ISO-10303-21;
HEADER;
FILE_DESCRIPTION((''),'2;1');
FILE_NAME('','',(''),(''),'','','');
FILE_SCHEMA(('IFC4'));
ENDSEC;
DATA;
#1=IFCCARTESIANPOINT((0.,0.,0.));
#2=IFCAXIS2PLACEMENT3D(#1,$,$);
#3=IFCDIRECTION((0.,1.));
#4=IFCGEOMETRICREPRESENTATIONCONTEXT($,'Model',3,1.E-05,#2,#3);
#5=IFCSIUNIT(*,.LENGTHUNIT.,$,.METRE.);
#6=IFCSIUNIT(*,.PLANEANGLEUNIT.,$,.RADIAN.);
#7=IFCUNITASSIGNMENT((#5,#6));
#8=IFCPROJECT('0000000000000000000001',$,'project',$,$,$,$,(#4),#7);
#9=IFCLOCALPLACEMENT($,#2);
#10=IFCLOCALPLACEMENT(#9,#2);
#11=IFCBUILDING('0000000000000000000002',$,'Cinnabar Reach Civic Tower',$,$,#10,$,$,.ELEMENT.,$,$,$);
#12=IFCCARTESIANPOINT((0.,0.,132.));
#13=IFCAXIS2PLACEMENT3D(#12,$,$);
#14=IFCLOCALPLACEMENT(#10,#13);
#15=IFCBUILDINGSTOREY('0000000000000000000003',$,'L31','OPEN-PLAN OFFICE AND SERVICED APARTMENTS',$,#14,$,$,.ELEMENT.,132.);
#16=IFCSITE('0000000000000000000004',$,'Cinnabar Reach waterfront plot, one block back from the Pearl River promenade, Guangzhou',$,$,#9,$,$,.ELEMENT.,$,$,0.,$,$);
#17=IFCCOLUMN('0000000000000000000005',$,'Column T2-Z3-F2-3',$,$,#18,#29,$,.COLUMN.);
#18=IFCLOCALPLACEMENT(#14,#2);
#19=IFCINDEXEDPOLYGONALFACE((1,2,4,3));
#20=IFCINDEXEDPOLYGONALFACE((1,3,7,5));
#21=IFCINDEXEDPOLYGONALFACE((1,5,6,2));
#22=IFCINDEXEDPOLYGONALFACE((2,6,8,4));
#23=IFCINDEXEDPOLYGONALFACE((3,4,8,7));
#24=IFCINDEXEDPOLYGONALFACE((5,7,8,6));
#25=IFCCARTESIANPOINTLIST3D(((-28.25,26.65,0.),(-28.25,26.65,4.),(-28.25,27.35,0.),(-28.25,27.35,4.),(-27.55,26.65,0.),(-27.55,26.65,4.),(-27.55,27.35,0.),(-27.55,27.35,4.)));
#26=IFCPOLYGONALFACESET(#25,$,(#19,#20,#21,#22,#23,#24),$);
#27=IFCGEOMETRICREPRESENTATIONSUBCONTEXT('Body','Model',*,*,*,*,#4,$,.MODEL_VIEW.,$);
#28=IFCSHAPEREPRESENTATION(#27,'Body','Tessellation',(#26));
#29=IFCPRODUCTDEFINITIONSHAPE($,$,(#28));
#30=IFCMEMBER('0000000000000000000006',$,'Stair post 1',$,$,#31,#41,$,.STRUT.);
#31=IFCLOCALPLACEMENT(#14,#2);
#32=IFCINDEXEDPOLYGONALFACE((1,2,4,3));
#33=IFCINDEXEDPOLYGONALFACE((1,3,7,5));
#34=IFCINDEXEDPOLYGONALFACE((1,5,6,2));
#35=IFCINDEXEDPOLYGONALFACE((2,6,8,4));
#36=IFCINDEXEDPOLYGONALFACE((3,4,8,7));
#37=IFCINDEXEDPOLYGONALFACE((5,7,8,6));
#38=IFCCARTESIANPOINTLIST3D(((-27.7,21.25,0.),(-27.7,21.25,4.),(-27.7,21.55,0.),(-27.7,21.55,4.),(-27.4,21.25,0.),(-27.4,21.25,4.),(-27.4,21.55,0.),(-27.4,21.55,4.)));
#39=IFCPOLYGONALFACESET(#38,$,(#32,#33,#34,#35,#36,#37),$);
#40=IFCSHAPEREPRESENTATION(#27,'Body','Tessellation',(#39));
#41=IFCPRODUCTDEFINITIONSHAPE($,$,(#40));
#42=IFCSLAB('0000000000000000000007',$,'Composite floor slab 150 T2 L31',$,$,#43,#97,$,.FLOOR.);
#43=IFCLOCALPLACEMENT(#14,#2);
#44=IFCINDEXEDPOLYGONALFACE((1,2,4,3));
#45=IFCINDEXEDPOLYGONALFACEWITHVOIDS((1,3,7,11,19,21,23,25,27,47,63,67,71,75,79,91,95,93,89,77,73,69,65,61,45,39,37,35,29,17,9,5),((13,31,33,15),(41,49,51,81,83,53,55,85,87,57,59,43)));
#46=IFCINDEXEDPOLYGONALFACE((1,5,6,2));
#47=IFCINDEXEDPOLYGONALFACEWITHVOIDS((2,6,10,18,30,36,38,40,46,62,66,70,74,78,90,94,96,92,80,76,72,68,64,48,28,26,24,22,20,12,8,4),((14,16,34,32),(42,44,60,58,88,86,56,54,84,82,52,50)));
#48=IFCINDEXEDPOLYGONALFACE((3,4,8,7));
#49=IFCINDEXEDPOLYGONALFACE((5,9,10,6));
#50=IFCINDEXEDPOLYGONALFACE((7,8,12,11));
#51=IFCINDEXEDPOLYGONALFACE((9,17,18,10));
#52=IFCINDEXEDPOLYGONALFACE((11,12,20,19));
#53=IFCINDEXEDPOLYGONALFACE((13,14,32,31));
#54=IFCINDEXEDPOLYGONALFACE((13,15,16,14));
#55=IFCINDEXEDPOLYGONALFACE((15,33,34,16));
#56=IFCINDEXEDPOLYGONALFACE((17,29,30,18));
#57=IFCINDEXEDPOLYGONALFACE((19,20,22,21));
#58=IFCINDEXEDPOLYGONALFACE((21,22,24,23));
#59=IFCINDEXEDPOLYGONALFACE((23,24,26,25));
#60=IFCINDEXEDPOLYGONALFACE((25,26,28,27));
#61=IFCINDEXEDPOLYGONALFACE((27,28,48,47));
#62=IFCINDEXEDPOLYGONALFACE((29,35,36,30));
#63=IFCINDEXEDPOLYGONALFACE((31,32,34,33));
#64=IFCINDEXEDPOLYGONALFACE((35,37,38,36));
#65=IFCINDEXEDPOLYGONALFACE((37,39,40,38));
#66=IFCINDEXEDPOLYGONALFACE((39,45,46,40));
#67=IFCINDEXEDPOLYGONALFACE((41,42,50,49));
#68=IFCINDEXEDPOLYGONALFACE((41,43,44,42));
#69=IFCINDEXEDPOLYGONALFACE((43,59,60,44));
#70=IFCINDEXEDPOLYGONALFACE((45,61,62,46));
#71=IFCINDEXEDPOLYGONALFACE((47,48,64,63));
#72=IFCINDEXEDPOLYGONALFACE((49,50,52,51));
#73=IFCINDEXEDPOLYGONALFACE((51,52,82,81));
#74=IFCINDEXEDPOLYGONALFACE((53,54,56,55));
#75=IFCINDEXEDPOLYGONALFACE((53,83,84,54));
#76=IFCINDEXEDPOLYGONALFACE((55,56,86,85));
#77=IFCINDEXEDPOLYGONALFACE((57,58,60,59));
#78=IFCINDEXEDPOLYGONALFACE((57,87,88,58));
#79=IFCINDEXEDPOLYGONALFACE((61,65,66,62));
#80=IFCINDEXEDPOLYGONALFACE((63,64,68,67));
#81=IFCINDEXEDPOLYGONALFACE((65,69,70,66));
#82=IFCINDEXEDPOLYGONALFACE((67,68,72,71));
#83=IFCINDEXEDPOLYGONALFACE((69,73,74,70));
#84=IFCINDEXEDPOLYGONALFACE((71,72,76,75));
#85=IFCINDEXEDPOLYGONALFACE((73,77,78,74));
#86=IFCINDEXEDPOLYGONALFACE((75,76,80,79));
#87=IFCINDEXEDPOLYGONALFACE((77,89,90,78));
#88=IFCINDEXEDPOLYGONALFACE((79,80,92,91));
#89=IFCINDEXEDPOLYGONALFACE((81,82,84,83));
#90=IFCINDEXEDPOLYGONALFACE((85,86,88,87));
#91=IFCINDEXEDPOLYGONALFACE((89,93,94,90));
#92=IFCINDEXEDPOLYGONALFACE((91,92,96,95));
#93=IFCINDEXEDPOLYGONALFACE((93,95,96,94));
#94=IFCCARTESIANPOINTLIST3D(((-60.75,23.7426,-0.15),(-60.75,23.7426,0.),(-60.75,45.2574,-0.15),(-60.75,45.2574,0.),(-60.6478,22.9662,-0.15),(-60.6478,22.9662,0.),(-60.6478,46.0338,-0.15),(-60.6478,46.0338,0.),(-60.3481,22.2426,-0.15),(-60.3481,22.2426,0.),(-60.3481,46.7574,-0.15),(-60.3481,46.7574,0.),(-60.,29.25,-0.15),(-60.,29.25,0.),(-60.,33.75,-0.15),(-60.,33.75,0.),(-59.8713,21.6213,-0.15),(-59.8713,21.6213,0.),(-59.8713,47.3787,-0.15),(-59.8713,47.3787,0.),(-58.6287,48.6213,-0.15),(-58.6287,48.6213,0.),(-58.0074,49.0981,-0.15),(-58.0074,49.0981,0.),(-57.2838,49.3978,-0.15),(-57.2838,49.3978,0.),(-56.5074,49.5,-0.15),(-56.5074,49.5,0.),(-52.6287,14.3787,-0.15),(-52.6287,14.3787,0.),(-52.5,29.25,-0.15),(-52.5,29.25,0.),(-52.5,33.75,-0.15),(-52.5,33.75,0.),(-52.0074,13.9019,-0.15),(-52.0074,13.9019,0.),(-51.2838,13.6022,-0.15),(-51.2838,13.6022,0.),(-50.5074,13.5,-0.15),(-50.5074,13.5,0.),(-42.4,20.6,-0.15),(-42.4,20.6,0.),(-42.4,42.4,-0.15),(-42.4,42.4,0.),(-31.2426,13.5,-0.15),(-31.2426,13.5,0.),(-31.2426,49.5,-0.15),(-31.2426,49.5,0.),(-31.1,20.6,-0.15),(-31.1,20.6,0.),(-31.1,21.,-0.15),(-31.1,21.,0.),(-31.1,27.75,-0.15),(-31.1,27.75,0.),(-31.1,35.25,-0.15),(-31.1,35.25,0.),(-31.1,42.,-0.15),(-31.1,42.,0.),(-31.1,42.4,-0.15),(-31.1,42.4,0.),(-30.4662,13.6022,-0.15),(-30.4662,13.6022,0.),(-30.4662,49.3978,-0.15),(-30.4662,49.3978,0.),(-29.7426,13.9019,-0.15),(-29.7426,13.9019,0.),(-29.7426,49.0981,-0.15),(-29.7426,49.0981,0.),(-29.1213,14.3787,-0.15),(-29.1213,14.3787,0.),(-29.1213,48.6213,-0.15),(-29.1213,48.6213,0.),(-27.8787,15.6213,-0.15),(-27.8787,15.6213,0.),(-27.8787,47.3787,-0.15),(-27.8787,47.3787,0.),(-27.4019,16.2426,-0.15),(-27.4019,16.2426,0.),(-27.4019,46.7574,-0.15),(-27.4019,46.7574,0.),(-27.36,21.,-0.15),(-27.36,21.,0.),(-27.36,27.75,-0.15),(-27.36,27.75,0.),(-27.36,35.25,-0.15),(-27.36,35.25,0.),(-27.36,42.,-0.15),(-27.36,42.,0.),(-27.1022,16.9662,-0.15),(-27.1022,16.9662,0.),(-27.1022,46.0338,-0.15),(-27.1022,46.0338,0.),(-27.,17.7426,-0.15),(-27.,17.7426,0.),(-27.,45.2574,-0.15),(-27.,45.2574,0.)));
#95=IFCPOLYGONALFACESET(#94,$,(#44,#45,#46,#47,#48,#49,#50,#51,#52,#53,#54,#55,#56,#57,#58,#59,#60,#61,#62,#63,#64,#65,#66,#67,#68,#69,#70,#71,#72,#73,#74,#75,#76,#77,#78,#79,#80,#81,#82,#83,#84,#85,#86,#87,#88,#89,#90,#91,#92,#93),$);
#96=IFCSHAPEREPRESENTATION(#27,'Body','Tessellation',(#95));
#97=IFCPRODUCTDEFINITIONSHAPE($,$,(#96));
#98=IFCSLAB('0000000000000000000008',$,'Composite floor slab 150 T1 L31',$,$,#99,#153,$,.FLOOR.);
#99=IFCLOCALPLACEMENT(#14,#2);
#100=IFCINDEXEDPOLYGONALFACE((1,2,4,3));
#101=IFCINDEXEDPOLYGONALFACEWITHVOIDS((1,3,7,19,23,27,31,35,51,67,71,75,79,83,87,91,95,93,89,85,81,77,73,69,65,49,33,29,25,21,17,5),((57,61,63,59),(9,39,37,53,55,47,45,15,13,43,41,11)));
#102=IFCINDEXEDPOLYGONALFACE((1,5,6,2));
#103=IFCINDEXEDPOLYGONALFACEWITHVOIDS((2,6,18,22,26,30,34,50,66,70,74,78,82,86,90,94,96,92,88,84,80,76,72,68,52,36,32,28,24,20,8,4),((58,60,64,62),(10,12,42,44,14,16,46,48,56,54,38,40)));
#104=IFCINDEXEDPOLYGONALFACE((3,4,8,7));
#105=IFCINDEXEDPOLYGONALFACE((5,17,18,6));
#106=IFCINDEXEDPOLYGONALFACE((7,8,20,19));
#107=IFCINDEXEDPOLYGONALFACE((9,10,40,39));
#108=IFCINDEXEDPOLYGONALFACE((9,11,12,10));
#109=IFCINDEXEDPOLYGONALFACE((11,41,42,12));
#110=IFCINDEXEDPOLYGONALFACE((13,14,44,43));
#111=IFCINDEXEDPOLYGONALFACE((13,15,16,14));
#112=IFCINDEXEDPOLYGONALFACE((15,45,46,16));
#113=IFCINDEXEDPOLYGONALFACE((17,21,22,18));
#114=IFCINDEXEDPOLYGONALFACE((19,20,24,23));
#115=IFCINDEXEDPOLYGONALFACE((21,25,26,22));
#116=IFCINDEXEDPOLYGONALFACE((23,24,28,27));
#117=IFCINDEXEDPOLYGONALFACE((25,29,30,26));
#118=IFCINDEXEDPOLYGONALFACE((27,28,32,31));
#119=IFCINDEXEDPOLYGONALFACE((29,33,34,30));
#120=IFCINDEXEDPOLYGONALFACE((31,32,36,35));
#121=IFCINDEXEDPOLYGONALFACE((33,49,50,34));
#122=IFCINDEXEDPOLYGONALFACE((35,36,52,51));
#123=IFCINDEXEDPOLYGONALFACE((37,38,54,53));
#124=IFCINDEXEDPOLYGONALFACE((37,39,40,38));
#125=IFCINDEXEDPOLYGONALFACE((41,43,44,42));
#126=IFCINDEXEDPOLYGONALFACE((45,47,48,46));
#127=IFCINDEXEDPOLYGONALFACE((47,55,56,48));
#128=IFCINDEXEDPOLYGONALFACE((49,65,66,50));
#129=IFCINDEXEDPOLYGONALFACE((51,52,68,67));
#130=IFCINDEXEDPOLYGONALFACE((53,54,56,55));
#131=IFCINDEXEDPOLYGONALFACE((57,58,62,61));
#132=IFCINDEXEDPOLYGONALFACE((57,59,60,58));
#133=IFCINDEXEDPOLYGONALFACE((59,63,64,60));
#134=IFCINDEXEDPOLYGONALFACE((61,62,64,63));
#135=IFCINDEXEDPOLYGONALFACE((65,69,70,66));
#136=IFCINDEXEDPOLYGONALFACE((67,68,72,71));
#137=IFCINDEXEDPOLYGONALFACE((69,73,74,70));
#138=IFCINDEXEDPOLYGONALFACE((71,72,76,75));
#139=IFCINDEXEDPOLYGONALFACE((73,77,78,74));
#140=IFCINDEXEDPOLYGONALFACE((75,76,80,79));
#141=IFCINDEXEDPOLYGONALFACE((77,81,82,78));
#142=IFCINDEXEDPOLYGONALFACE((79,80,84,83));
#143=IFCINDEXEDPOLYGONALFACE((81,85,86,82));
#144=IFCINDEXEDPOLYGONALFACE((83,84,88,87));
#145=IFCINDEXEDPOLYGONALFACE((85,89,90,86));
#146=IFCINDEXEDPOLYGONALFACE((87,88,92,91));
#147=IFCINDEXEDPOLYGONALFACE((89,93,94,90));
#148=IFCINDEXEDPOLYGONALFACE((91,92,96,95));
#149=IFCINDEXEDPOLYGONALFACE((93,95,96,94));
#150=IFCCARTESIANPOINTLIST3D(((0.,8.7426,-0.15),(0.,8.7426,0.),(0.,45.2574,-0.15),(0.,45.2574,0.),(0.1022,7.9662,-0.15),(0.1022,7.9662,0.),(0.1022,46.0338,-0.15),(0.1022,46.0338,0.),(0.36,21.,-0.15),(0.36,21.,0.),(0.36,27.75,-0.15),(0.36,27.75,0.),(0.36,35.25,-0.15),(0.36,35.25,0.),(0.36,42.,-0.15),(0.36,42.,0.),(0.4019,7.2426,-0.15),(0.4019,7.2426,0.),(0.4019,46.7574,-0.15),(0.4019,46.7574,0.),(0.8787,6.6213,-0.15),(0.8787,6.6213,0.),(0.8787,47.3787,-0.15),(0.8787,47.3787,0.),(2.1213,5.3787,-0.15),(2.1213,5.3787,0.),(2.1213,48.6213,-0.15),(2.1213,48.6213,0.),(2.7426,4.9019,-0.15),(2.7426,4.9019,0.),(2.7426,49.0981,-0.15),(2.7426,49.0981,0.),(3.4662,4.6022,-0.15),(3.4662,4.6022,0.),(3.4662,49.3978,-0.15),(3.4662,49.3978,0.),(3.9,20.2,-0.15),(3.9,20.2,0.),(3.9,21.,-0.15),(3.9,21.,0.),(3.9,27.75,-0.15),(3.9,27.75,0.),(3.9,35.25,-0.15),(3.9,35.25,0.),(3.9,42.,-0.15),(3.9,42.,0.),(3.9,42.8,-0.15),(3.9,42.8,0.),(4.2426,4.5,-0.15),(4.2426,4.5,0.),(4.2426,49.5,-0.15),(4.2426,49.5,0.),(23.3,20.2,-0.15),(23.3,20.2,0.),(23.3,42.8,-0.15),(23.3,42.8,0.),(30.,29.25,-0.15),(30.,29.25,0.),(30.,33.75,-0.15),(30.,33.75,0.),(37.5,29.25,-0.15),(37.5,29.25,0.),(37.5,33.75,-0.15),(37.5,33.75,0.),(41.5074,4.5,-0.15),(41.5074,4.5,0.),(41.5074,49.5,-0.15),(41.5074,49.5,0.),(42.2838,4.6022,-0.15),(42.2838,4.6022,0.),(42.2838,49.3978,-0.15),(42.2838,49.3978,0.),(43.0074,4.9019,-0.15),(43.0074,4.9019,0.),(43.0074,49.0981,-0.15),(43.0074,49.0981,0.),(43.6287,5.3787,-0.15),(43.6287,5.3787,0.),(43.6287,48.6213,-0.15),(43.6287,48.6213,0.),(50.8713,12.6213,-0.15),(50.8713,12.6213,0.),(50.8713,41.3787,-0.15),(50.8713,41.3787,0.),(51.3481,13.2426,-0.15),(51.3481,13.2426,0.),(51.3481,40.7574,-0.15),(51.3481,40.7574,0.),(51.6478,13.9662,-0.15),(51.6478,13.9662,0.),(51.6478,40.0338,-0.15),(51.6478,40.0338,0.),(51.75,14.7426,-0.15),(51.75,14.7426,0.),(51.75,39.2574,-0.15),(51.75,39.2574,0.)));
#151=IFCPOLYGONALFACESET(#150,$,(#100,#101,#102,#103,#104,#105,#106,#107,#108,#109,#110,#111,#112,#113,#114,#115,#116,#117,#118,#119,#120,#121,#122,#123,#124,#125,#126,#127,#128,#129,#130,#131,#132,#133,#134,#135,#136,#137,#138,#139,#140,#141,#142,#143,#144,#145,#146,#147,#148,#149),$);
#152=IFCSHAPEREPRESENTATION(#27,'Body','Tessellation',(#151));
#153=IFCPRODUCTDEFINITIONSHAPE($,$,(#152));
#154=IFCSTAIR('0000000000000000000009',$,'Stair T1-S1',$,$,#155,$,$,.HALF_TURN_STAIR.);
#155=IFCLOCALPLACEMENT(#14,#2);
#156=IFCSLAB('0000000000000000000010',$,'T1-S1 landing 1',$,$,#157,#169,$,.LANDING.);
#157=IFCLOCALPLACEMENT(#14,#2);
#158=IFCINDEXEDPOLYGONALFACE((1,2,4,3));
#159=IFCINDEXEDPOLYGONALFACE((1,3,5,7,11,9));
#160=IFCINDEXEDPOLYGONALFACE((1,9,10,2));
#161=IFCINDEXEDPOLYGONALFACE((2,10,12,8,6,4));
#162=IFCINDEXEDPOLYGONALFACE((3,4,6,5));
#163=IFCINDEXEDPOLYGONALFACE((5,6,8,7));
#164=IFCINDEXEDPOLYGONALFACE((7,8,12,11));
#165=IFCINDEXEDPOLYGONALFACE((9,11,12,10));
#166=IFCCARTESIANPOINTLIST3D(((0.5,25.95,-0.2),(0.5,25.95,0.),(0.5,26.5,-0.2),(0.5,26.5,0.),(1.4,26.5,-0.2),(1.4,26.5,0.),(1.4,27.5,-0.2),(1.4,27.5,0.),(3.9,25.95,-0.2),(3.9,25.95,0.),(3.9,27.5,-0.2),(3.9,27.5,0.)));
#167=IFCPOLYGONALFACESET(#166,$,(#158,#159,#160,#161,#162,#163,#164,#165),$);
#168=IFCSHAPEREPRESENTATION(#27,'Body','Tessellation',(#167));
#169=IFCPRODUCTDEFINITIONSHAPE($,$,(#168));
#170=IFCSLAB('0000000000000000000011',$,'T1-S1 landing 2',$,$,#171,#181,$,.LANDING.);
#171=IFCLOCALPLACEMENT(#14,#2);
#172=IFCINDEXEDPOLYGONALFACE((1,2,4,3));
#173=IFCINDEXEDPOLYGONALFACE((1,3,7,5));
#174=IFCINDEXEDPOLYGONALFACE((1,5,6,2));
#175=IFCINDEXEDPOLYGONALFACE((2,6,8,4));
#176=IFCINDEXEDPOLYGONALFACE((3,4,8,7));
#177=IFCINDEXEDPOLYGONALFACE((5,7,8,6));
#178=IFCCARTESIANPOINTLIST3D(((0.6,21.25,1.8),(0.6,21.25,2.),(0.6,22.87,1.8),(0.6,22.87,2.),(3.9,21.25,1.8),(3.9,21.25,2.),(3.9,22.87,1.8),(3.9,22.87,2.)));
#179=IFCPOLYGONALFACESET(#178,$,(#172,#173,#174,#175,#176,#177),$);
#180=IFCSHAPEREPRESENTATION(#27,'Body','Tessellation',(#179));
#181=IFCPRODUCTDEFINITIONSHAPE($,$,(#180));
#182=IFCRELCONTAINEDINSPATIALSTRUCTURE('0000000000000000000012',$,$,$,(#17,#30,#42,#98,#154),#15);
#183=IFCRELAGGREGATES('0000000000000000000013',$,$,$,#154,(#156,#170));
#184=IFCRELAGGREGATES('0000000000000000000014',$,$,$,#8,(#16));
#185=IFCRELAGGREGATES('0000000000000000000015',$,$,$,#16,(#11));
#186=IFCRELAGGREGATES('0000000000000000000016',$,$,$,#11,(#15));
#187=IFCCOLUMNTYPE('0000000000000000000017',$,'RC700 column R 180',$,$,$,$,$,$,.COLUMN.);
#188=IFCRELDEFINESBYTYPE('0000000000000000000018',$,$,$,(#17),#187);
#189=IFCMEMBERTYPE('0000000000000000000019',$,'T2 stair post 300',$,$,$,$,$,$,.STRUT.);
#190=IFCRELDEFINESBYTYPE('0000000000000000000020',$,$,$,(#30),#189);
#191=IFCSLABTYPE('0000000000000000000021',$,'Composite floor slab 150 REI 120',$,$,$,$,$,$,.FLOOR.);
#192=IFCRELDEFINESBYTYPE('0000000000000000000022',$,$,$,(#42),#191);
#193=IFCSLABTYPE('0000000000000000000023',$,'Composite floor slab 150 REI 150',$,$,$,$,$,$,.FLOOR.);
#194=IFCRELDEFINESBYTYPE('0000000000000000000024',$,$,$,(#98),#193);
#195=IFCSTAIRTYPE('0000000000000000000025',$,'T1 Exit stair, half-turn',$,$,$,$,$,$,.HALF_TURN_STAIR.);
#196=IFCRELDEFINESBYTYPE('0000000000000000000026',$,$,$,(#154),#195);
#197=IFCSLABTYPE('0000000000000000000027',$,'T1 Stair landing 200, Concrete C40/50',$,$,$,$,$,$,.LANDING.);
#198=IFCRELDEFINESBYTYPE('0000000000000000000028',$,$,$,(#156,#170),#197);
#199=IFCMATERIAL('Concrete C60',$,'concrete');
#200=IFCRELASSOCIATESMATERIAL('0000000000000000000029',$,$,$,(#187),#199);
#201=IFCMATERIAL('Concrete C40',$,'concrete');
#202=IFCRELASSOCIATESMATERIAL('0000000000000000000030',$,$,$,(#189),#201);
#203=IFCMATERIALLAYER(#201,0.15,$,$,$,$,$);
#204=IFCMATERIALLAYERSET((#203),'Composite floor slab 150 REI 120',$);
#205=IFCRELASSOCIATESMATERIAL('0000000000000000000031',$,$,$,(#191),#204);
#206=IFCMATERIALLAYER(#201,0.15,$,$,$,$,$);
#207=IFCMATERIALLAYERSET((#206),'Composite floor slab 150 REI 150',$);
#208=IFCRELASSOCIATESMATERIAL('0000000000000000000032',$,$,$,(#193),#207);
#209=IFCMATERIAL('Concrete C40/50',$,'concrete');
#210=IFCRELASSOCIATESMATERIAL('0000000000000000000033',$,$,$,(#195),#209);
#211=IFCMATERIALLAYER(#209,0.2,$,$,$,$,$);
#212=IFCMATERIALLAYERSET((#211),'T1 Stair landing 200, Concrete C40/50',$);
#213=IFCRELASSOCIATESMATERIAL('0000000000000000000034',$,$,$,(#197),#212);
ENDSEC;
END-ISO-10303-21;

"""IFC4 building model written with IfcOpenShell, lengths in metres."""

from ifc_helpers import new_model, si_unit, direction, frame, origin, origin_2d, place, context, subcontext, project, spatial, polyline, rectangle, outline, extrude, material, layer, layer_set, material_profile, profile_set, type_object, element, aggregate, save


model = new_model("IFC4")

# Units and contexts
model_context = context("Model", 3, precision=1e-05, world=origin(), true_north=direction((0.0, 1.0)))
body_context = subcontext(model_context, "Body", "Model", "MODEL_VIEW")
ifc_project = project(units=[si_unit("LENGTHUNIT", "METRE"), si_unit("PLANEANGLEUNIT", "RADIAN")], contexts=[model_context])

# Site, building, storey
site_placement = place(None, origin())
site = spatial("IfcSite", under=ifc_project, at=site_placement, Name="Cinnabar Reach waterfront plot, one block back from the Pearl River promenade, Guangzhou", CompositionType="ELEMENT", RefElevation=0.0)
building_placement = place(site_placement, origin())
building = spatial("IfcBuilding", under=site, at=building_placement, Name="Cinnabar Reach Civic Tower", CompositionType="ELEMENT")
storey_placement = place(building_placement, frame((0.0, 0.0, 132.0)))
storey = spatial("IfcBuildingStorey", under=building, at=storey_placement, Name="L31", Description="OPEN-PLAN OFFICE AND SERVICED APARTMENTS", CompositionType="ELEMENT", Elevation=132.0)

# Column
ifc_material_1 = material(Name="Concrete C60", Category="concrete")
ifc_material_profile_1 = material_profile(ifc_material_1, rectangle(XDim=0.7, YDim=0.7, at=origin_2d()), Name="RC700")
ifc_profile_set_1 = profile_set([ifc_material_profile_1], Name="Concrete C60")
column_type = type_object("IfcColumnType", Name="RC700 column R 180", PredefinedType="COLUMN", material=ifc_profile_set_1)
column_placement = place(storey_placement, frame((-27.9, 27.0, 0.0), z_axis=(0.0, 0.0, 1.0), x_axis=(1.0, 0.0, 0.0)))
element("IfcColumn", 1, at=column_placement, inside=storey, type_object=column_type, Name="Column T2-Z3-F2-3", PredefinedType="COLUMN", context=body_context, shape_type="SweptSolid", body=[
    extrude(rectangle(XDim=0.7, YDim=0.7, at=origin_2d()), origin(), (0.0, 0.0, 1.0), 4.0),
])

# Member
ifc_material_2 = material(Name="Concrete C40", Category="concrete")
ifc_material_profile_2 = material_profile(ifc_material_2, rectangle(XDim=0.3, YDim=0.3, at=origin_2d()), Name="C300")
ifc_profile_set_2 = profile_set([ifc_material_profile_2], Name="Concrete C40")
member_type = type_object("IfcMemberType", Name="T2 stair post 300", PredefinedType="STRUT", material=ifc_profile_set_2)
member_placement = place(storey_placement, frame((-27.55, 21.4, 0.0), z_axis=(0.0, 0.0, 1.0), x_axis=(1.0, 0.0, 0.0)))
element("IfcMember", 2, at=member_placement, inside=storey, type_object=member_type, Name="Stair post 1", PredefinedType="STRUT", context=body_context, shape_type="SweptSolid", body=[
    extrude(rectangle(XDim=0.3, YDim=0.3, at=origin_2d()), origin(), (0.0, 0.0, 1.0), 4.0),
])

# Slabs
ifc_layer_1 = layer(ifc_material_2, 0.15)
ifc_layer_set_1 = layer_set([ifc_layer_1], Name="Composite floor slab 150 REI 120")
slab_type_1 = type_object("IfcSlabType", Name="Composite floor slab 150 REI 120", PredefinedType="FLOOR", material=ifc_layer_set_1)
slab_1_placement = place(storey_placement, frame((0.0, 0.0, -0.15)))
element("IfcSlab", 3, at=slab_1_placement, inside=storey, type_object=slab_type_1, Name="Composite floor slab 150 T2 L31", PredefinedType="FLOOR", context=body_context, shape_type="SweptSolid", body=[
    extrude(outline(polyline([(-59.8713, 21.6213), (-60.3481, 22.2426), (-60.6478, 22.9662), (-60.75, 23.7426), (-60.75, 45.2574), (-60.6478, 46.0338), (-60.3481, 46.7574), (-59.8713, 47.3787), (-58.6287, 48.6213), (-58.0074, 49.0981), (-57.2838, 49.3978), (-56.5074, 49.5), (-31.2426, 49.5), (-30.4662, 49.3978), (-29.7426, 49.0981), (-29.1213, 48.6213), (-27.8787, 47.3787), (-27.4019, 46.7574), (-27.1022, 46.0338), (-27.0, 45.2574), (-27.0, 17.7426), (-27.1022, 16.9662), (-27.4019, 16.2426), (-27.8787, 15.6213), (-29.1213, 14.3787), (-29.7426, 13.9019), (-30.4662, 13.6022), (-31.2426, 13.5), (-50.5074, 13.5), (-51.2838, 13.6022), (-52.0074, 13.9019), (-52.6287, 14.3787), (-59.8713, 21.6213)]), holes=[polyline([(-31.1, 27.75), (-31.1, 35.25), (-27.36, 35.25), (-27.36, 42.0), (-31.1, 42.0), (-31.1, 42.4), (-42.4, 42.4), (-42.4, 20.6), (-31.1, 20.6), (-31.1, 21.0), (-27.36, 21.0), (-27.36, 27.75), (-31.1, 27.75)]), polyline([(-60.0, 33.75), (-60.0, 29.25), (-52.5, 29.25), (-52.5, 33.75), (-60.0, 33.75)])]), origin(), (0.0, 0.0, 1.0), 0.15),
])
ifc_layer_2 = layer(ifc_material_2, 0.15)
ifc_layer_set_2 = layer_set([ifc_layer_2], Name="Composite floor slab 150 REI 150")
slab_type_2 = type_object("IfcSlabType", Name="Composite floor slab 150 REI 150", PredefinedType="FLOOR", material=ifc_layer_set_2)
slab_2_placement = place(storey_placement, frame((0.0, 0.0, -0.15)))
element("IfcSlab", 4, at=slab_2_placement, inside=storey, type_object=slab_type_2, Name="Composite floor slab 150 T1 L31", PredefinedType="FLOOR", context=body_context, shape_type="SweptSolid", body=[
    extrude(outline(polyline([(0.8787, 6.6213), (0.4019, 7.2426), (0.1022, 7.9662), (0.0, 8.7426), (0.0, 45.2574), (0.1022, 46.0338), (0.4019, 46.7574), (0.8787, 47.3787), (2.1213, 48.6213), (2.7426, 49.0981), (3.4662, 49.3978), (4.2426, 49.5), (41.5074, 49.5), (42.2838, 49.3978), (43.0074, 49.0981), (43.6287, 48.6213), (50.8713, 41.3787), (51.3481, 40.7574), (51.6478, 40.0338), (51.75, 39.2574), (51.75, 14.7426), (51.6478, 13.9662), (51.3481, 13.2426), (50.8713, 12.6213), (43.6287, 5.3787), (43.0074, 4.9019), (42.2838, 4.6022), (41.5074, 4.5), (4.2426, 4.5), (3.4662, 4.6022), (2.7426, 4.9019), (2.1213, 5.3787), (0.8787, 6.6213)]), holes=[polyline([(0.36, 21.0), (3.9, 21.0), (3.9, 20.2), (23.3, 20.2), (23.3, 42.8), (3.9, 42.8), (3.9, 42.0), (0.36, 42.0), (0.36, 35.25), (3.9, 35.25), (3.9, 27.75), (0.36, 27.75), (0.36, 21.0)]), polyline([(30.0, 33.75), (30.0, 29.25), (37.5, 29.25), (37.5, 33.75), (30.0, 33.75)])]), origin(), (0.0, 0.0, 1.0), 0.15),
])

# Stair, slabs
ifc_material_3 = material(Name="Concrete C40/50", Category="concrete")
stair_type_1 = type_object("IfcStairType", Name="T1 Exit stair, half-turn", PredefinedType="HALF_TURN_STAIR", material=ifc_material_3)
stair_1_placement = place(storey_placement, origin())
stair_1 = element("IfcStair", 5, at=stair_1_placement, inside=storey, type_object=stair_type_1, Name="Stair T1-S1", PredefinedType="HALF_TURN_STAIR")
ifc_layer_3 = layer(ifc_material_3, 0.2)
ifc_layer_set_3 = layer_set([ifc_layer_3], Name="T1 Stair landing 200, Concrete C40/50")
slab_type_3 = type_object("IfcSlabType", Name="T1 Stair landing 200, Concrete C40/50", PredefinedType="LANDING", material=ifc_layer_set_3)
slab_3_placement = place(storey_placement, frame((0.0, 0.0, -0.2)))
slab_3 = element("IfcSlab", 6, at=slab_3_placement, type_object=slab_type_3, Name="T1-S1 landing 1", PredefinedType="LANDING", context=body_context, shape_type="SweptSolid", body=[
    extrude(outline(polyline([(3.9, 27.5), (3.9, 25.95), (0.5, 25.95), (0.5, 26.5), (1.4, 26.5), (1.4, 27.5), (3.9, 27.5)])), origin(), (0.0, 0.0, 1.0), 0.2),
])
slab_4_placement = place(storey_placement, frame((0.0, 0.0, 1.8)))
slab_4 = element("IfcSlab", 7, at=slab_4_placement, type_object=slab_type_3, Name="T1-S1 landing 2", PredefinedType="LANDING", context=body_context, shape_type="SweptSolid", body=[
    extrude(outline(polyline([(0.6, 21.25), (0.6, 22.87), (3.9, 22.87), (3.9, 21.25), (0.6, 21.25)])), origin(), (0.0, 0.0, 1.0), 0.2),
])
aggregate(stair_1, [slab_3, slab_4])

save(model, "model.ifc")
